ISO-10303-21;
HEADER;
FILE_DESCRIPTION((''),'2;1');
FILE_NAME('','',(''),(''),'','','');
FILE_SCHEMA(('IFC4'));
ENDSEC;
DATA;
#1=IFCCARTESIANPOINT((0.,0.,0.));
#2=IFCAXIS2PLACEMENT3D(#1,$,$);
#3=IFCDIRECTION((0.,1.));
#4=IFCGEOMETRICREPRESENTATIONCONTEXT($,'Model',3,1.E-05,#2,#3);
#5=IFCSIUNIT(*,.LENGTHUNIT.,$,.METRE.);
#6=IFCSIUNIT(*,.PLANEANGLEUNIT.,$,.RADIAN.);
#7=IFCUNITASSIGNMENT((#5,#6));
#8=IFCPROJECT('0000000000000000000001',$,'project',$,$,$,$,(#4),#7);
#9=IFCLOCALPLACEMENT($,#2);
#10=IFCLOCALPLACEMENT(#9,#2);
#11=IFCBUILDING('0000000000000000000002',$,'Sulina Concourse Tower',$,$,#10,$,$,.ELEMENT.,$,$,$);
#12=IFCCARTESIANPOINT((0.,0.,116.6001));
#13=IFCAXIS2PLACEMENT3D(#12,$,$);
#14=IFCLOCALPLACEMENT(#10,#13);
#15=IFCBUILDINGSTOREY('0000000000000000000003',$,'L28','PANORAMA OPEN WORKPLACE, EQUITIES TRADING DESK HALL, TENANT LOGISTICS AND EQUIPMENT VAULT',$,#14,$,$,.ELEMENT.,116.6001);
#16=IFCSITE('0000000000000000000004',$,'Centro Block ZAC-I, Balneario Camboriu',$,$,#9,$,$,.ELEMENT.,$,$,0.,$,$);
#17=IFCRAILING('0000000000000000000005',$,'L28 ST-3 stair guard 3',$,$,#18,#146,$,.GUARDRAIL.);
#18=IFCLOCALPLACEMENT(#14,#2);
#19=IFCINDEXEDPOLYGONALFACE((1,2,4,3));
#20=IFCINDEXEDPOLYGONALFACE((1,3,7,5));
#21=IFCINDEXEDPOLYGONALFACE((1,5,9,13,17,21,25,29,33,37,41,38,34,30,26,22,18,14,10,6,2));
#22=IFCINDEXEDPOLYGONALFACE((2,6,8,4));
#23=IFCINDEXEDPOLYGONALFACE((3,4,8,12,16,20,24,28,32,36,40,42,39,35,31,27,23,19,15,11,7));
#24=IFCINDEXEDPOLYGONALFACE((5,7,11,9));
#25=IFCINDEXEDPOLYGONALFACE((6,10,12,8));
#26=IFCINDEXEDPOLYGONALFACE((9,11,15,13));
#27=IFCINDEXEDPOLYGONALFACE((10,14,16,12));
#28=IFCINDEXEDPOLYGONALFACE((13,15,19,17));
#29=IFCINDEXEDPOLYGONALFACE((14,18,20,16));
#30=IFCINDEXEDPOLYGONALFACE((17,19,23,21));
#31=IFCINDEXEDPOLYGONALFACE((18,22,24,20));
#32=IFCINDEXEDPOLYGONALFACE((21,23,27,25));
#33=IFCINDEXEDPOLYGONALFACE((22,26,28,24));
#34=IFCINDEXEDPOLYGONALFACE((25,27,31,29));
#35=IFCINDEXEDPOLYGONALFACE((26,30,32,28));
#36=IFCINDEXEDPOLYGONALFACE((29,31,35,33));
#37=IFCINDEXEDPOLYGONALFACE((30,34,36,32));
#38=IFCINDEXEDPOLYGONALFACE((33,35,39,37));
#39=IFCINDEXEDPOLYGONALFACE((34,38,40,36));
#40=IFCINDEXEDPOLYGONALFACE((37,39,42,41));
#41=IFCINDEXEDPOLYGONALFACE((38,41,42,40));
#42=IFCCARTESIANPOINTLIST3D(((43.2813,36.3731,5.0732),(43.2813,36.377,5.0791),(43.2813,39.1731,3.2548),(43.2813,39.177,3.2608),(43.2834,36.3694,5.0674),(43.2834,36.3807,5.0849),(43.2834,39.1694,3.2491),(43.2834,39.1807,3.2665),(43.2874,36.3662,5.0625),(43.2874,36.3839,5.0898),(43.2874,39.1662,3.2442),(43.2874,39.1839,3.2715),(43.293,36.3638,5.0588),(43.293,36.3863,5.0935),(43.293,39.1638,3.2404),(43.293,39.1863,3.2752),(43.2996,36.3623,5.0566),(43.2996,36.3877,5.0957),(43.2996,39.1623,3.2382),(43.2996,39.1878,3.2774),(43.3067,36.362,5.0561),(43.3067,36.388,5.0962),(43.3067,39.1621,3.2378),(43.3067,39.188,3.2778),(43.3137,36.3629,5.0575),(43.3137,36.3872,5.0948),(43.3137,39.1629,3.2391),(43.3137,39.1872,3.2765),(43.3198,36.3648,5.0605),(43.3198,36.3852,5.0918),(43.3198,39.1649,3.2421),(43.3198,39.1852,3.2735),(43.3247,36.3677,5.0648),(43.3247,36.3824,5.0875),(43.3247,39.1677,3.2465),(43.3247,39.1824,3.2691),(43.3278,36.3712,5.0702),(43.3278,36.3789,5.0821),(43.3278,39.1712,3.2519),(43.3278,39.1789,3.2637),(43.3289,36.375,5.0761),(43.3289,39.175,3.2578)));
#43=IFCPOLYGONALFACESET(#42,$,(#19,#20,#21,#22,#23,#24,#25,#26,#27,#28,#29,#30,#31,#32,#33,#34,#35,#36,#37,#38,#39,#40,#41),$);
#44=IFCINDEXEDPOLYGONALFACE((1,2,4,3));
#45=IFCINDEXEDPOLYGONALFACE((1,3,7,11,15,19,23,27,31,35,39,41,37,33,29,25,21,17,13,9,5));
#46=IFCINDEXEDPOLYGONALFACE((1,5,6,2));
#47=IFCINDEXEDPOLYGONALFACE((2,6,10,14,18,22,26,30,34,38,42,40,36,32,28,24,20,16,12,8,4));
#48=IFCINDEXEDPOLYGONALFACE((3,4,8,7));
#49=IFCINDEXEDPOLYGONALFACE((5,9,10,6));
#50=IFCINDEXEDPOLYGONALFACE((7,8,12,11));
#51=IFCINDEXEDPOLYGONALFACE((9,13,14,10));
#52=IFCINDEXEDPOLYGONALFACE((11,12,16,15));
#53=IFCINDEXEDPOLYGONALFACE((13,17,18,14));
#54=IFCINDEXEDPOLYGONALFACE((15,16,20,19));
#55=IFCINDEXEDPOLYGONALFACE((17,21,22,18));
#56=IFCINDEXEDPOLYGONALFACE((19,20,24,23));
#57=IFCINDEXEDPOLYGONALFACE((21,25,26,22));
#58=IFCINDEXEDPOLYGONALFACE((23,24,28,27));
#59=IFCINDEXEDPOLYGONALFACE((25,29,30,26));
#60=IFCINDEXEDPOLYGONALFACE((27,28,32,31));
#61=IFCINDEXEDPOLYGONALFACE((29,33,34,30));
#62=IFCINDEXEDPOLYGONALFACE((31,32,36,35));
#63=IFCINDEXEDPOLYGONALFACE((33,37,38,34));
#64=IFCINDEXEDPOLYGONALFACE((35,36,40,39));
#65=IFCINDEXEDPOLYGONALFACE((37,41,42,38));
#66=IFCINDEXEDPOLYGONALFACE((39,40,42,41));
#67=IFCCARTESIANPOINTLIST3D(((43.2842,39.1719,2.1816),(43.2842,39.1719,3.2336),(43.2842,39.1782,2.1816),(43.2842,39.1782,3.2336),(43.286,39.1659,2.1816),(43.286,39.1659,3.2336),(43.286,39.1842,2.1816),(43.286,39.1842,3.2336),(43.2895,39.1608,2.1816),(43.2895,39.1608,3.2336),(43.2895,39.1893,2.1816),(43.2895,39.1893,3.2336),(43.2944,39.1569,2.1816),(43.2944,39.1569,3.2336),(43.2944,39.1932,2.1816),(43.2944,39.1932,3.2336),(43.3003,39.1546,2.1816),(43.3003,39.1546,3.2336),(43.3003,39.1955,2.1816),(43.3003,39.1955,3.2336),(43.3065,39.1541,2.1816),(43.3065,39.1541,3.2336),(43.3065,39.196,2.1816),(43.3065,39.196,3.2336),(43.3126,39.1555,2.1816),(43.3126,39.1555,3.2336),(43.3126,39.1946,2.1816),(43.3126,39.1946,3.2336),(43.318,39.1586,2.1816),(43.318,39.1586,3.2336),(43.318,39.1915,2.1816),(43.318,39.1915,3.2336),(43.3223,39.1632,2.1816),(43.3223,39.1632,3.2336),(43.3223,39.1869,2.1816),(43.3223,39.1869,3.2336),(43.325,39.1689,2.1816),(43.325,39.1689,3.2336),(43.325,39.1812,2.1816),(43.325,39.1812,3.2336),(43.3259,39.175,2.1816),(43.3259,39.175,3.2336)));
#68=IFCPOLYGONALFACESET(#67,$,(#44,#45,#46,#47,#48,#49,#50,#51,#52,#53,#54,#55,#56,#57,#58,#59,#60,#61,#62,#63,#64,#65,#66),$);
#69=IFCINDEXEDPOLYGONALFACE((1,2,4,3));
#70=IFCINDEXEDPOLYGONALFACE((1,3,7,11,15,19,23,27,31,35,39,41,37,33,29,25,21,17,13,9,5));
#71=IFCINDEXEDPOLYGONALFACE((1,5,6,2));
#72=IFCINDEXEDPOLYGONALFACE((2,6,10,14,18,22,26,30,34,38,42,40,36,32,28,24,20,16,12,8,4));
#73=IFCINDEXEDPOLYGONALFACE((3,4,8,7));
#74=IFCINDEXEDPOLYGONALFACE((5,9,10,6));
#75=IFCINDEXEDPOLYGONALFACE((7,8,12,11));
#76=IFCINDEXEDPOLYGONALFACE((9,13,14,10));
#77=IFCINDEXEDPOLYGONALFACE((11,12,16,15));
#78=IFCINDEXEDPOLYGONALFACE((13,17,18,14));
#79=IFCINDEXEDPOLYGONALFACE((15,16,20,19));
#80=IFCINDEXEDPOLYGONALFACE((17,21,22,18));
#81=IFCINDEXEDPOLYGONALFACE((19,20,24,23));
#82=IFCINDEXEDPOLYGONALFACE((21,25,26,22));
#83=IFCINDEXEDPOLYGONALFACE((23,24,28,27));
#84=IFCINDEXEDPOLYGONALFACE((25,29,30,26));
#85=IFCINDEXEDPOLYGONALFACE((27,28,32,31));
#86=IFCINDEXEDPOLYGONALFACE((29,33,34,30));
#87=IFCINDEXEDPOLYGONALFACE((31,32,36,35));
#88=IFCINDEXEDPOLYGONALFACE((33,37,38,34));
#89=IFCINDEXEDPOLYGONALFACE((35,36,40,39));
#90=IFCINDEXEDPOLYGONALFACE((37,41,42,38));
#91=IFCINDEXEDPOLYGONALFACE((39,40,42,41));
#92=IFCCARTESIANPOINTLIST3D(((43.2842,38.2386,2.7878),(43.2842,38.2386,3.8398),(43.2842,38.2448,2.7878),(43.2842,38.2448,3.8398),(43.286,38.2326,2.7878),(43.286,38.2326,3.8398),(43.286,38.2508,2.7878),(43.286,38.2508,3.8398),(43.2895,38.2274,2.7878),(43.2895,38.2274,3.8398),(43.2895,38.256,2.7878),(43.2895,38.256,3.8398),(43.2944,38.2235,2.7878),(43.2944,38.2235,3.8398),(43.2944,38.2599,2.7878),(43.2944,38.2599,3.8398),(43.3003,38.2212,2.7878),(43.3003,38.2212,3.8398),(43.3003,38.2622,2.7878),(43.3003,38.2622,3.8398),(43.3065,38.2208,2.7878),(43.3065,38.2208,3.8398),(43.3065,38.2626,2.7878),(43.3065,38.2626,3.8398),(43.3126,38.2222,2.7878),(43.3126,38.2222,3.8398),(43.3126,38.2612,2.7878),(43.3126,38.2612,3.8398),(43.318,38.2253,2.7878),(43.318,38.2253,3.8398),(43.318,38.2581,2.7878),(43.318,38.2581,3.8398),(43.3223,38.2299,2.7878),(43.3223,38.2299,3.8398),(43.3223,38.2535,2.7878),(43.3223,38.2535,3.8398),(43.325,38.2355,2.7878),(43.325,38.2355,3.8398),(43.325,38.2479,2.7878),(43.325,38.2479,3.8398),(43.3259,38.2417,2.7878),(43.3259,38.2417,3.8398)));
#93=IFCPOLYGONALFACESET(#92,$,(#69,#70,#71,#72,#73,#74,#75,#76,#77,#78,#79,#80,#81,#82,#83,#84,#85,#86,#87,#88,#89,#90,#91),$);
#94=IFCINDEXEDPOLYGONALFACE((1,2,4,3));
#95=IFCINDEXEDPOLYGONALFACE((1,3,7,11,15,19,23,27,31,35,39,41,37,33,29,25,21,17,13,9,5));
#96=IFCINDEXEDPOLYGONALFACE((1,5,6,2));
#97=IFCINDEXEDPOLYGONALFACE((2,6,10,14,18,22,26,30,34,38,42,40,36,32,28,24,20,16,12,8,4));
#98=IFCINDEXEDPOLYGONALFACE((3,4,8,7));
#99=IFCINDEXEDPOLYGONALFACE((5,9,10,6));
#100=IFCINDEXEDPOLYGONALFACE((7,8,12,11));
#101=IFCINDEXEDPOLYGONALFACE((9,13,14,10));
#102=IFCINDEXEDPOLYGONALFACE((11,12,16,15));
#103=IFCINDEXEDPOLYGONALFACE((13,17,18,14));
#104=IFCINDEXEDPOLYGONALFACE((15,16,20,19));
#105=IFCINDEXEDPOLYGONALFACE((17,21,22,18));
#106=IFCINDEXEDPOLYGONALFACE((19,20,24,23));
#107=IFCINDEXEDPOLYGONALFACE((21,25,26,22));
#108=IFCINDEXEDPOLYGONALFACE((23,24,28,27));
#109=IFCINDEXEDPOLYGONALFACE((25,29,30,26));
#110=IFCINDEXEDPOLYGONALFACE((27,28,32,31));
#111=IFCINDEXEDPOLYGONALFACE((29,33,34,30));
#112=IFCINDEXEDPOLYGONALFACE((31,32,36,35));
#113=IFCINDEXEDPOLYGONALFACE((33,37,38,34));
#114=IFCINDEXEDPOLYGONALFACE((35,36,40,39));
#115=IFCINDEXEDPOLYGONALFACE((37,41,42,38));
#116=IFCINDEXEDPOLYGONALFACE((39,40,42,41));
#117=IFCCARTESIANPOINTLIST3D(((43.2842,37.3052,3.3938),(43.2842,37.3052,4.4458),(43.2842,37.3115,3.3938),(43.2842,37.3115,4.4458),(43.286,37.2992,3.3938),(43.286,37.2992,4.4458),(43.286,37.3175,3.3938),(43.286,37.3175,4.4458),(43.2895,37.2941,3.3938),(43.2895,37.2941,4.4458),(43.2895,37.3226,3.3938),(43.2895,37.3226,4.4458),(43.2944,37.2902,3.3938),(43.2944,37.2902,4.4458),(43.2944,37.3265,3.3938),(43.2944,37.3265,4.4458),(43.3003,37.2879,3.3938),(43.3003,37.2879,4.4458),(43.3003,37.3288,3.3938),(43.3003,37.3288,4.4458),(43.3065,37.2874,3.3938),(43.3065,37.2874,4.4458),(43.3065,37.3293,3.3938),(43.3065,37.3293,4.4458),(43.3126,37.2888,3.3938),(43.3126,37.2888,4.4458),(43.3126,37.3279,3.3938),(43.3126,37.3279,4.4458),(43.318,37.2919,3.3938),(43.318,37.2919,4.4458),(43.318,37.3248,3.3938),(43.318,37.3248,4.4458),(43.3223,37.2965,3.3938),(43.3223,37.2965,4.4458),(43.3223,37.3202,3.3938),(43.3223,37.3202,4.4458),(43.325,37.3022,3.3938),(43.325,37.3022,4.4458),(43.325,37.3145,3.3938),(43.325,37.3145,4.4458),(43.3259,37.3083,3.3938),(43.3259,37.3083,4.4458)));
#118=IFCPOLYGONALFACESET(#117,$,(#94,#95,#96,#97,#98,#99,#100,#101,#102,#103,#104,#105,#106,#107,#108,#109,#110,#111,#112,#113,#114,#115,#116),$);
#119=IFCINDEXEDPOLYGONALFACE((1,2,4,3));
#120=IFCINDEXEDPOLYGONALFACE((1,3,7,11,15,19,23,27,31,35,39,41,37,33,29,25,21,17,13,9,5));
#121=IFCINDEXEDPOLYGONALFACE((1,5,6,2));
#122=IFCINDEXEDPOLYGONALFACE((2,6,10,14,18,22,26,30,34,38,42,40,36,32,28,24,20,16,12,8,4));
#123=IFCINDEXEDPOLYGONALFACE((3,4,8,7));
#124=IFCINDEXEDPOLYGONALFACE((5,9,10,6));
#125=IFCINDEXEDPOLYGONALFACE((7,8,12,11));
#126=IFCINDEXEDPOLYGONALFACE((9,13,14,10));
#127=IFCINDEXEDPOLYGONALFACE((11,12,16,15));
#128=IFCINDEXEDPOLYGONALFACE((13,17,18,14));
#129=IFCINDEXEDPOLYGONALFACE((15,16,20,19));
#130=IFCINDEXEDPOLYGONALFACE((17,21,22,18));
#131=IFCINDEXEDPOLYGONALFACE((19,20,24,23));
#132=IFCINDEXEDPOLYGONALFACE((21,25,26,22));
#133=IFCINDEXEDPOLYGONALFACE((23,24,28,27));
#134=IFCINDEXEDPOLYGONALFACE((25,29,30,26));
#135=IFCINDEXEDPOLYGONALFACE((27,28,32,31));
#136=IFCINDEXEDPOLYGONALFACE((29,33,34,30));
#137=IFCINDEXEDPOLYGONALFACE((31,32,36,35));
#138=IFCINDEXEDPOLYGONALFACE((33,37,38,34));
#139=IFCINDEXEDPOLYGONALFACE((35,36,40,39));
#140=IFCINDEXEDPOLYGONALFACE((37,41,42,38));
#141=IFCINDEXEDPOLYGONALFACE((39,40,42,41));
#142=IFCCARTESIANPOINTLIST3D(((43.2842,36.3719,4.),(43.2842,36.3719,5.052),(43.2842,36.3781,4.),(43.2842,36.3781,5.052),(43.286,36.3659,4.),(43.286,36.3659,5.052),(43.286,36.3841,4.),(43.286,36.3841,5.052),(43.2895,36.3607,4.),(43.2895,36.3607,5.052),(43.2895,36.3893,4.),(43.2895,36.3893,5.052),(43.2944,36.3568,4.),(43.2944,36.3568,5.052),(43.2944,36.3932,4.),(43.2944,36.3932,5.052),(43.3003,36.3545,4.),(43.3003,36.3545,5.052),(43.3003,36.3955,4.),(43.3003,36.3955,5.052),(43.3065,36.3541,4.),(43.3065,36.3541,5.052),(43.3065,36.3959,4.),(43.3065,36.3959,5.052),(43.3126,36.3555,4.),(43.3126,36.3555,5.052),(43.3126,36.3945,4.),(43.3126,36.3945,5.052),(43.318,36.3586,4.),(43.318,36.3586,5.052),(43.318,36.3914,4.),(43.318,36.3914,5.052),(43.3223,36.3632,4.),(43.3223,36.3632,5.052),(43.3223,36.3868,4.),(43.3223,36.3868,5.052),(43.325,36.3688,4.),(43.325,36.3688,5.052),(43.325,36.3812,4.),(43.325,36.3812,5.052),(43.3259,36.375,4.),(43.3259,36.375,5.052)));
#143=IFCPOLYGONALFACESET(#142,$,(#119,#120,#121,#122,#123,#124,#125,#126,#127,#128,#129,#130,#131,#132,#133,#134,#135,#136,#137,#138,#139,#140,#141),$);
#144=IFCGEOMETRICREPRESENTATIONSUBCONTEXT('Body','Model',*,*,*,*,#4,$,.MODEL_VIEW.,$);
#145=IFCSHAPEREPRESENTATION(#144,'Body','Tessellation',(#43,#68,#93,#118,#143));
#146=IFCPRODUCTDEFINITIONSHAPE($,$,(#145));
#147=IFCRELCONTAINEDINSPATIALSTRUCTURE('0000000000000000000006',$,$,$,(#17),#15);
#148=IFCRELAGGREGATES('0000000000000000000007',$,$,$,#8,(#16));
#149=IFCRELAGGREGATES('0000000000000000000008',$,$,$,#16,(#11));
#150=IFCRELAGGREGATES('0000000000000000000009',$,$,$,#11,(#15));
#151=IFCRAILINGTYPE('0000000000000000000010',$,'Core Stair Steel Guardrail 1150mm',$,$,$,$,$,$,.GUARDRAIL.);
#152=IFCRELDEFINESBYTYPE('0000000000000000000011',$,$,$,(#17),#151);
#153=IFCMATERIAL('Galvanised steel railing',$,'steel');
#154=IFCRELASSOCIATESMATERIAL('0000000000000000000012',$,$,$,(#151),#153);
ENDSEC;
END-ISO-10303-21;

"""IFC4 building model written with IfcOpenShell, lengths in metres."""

from ifc_helpers import new_model, si_unit, direction, frame, origin, origin_2d, place, context, subcontext, project, spatial, circle, extrude, material, type_object, element, save


model = new_model("IFC4")

# Units and contexts
model_context = context("Model", 3, precision=1e-05, world=origin(), true_north=direction((0.0, 1.0)))
body_context = subcontext(model_context, "Body", "Model", "MODEL_VIEW")
ifc_project = project(units=[si_unit("LENGTHUNIT", "METRE"), si_unit("PLANEANGLEUNIT", "RADIAN")], contexts=[model_context])

# Site, building, storey
site_placement = place(None, origin())
site = spatial("IfcSite", under=ifc_project, at=site_placement, Name="Centro Block ZAC-I, Balneario Camboriu", CompositionType="ELEMENT", RefElevation=0.0)
building_placement = place(site_placement, origin())
building = spatial("IfcBuilding", under=site, at=building_placement, Name="Sulina Concourse Tower", CompositionType="ELEMENT")
storey_placement = place(building_placement, frame((0.0, 0.0, 116.6001)))
storey = spatial("IfcBuildingStorey", under=building, at=storey_placement, Name="L28", Description="PANORAMA OPEN WORKPLACE, EQUITIES TRADING DESK HALL, TENANT LOGISTICS AND EQUIPMENT VAULT", CompositionType="ELEMENT", Elevation=116.6001)

# Railing
ifc_material_1 = material(Name="Galvanised steel railing", Category="steel")
railing_type_1 = type_object("IfcRailingType", Name="Core Stair Steel Guardrail 1150mm", PredefinedType="GUARDRAIL", material=ifc_material_1)
railing_1_placement = place(storey_placement, frame((43.3049, 39.175, 2.1816)))
element("IfcRailing", 1, at=railing_1_placement, inside=storey, type_object=railing_type_1, Name="L28 ST-3 stair guard 3", PredefinedType="GUARDRAIL", context=body_context, shape_type="SweptSolid", body=[
    extrude(circle(Radius=0.0239, at=origin_2d()), frame((0.0, 0.0, 1.0762), z_axis=(0.0, -0.838672, 0.544636), x_axis=(1.0, 0.0, 0.0)), (0.0, 0.0, 1.0), 3.3386),
    extrude(circle(Radius=0.021, at=origin_2d()), origin(), (0.0, 0.0, 1.0), 1.052),
    extrude(circle(Radius=0.021, at=origin_2d()), frame((0.0, -0.9333, 0.6062)), (0.0, 0.0, 1.0), 1.052),
    extrude(circle(Radius=0.021, at=origin_2d()), frame((0.0, -1.8667, 1.2122)), (0.0, 0.0, 1.0), 1.052),
    extrude(circle(Radius=0.021, at=origin_2d()), frame((0.0, -2.8, 1.8184)), (0.0, 0.0, 1.0), 1.052),
])

save(model, "model.ifc")
